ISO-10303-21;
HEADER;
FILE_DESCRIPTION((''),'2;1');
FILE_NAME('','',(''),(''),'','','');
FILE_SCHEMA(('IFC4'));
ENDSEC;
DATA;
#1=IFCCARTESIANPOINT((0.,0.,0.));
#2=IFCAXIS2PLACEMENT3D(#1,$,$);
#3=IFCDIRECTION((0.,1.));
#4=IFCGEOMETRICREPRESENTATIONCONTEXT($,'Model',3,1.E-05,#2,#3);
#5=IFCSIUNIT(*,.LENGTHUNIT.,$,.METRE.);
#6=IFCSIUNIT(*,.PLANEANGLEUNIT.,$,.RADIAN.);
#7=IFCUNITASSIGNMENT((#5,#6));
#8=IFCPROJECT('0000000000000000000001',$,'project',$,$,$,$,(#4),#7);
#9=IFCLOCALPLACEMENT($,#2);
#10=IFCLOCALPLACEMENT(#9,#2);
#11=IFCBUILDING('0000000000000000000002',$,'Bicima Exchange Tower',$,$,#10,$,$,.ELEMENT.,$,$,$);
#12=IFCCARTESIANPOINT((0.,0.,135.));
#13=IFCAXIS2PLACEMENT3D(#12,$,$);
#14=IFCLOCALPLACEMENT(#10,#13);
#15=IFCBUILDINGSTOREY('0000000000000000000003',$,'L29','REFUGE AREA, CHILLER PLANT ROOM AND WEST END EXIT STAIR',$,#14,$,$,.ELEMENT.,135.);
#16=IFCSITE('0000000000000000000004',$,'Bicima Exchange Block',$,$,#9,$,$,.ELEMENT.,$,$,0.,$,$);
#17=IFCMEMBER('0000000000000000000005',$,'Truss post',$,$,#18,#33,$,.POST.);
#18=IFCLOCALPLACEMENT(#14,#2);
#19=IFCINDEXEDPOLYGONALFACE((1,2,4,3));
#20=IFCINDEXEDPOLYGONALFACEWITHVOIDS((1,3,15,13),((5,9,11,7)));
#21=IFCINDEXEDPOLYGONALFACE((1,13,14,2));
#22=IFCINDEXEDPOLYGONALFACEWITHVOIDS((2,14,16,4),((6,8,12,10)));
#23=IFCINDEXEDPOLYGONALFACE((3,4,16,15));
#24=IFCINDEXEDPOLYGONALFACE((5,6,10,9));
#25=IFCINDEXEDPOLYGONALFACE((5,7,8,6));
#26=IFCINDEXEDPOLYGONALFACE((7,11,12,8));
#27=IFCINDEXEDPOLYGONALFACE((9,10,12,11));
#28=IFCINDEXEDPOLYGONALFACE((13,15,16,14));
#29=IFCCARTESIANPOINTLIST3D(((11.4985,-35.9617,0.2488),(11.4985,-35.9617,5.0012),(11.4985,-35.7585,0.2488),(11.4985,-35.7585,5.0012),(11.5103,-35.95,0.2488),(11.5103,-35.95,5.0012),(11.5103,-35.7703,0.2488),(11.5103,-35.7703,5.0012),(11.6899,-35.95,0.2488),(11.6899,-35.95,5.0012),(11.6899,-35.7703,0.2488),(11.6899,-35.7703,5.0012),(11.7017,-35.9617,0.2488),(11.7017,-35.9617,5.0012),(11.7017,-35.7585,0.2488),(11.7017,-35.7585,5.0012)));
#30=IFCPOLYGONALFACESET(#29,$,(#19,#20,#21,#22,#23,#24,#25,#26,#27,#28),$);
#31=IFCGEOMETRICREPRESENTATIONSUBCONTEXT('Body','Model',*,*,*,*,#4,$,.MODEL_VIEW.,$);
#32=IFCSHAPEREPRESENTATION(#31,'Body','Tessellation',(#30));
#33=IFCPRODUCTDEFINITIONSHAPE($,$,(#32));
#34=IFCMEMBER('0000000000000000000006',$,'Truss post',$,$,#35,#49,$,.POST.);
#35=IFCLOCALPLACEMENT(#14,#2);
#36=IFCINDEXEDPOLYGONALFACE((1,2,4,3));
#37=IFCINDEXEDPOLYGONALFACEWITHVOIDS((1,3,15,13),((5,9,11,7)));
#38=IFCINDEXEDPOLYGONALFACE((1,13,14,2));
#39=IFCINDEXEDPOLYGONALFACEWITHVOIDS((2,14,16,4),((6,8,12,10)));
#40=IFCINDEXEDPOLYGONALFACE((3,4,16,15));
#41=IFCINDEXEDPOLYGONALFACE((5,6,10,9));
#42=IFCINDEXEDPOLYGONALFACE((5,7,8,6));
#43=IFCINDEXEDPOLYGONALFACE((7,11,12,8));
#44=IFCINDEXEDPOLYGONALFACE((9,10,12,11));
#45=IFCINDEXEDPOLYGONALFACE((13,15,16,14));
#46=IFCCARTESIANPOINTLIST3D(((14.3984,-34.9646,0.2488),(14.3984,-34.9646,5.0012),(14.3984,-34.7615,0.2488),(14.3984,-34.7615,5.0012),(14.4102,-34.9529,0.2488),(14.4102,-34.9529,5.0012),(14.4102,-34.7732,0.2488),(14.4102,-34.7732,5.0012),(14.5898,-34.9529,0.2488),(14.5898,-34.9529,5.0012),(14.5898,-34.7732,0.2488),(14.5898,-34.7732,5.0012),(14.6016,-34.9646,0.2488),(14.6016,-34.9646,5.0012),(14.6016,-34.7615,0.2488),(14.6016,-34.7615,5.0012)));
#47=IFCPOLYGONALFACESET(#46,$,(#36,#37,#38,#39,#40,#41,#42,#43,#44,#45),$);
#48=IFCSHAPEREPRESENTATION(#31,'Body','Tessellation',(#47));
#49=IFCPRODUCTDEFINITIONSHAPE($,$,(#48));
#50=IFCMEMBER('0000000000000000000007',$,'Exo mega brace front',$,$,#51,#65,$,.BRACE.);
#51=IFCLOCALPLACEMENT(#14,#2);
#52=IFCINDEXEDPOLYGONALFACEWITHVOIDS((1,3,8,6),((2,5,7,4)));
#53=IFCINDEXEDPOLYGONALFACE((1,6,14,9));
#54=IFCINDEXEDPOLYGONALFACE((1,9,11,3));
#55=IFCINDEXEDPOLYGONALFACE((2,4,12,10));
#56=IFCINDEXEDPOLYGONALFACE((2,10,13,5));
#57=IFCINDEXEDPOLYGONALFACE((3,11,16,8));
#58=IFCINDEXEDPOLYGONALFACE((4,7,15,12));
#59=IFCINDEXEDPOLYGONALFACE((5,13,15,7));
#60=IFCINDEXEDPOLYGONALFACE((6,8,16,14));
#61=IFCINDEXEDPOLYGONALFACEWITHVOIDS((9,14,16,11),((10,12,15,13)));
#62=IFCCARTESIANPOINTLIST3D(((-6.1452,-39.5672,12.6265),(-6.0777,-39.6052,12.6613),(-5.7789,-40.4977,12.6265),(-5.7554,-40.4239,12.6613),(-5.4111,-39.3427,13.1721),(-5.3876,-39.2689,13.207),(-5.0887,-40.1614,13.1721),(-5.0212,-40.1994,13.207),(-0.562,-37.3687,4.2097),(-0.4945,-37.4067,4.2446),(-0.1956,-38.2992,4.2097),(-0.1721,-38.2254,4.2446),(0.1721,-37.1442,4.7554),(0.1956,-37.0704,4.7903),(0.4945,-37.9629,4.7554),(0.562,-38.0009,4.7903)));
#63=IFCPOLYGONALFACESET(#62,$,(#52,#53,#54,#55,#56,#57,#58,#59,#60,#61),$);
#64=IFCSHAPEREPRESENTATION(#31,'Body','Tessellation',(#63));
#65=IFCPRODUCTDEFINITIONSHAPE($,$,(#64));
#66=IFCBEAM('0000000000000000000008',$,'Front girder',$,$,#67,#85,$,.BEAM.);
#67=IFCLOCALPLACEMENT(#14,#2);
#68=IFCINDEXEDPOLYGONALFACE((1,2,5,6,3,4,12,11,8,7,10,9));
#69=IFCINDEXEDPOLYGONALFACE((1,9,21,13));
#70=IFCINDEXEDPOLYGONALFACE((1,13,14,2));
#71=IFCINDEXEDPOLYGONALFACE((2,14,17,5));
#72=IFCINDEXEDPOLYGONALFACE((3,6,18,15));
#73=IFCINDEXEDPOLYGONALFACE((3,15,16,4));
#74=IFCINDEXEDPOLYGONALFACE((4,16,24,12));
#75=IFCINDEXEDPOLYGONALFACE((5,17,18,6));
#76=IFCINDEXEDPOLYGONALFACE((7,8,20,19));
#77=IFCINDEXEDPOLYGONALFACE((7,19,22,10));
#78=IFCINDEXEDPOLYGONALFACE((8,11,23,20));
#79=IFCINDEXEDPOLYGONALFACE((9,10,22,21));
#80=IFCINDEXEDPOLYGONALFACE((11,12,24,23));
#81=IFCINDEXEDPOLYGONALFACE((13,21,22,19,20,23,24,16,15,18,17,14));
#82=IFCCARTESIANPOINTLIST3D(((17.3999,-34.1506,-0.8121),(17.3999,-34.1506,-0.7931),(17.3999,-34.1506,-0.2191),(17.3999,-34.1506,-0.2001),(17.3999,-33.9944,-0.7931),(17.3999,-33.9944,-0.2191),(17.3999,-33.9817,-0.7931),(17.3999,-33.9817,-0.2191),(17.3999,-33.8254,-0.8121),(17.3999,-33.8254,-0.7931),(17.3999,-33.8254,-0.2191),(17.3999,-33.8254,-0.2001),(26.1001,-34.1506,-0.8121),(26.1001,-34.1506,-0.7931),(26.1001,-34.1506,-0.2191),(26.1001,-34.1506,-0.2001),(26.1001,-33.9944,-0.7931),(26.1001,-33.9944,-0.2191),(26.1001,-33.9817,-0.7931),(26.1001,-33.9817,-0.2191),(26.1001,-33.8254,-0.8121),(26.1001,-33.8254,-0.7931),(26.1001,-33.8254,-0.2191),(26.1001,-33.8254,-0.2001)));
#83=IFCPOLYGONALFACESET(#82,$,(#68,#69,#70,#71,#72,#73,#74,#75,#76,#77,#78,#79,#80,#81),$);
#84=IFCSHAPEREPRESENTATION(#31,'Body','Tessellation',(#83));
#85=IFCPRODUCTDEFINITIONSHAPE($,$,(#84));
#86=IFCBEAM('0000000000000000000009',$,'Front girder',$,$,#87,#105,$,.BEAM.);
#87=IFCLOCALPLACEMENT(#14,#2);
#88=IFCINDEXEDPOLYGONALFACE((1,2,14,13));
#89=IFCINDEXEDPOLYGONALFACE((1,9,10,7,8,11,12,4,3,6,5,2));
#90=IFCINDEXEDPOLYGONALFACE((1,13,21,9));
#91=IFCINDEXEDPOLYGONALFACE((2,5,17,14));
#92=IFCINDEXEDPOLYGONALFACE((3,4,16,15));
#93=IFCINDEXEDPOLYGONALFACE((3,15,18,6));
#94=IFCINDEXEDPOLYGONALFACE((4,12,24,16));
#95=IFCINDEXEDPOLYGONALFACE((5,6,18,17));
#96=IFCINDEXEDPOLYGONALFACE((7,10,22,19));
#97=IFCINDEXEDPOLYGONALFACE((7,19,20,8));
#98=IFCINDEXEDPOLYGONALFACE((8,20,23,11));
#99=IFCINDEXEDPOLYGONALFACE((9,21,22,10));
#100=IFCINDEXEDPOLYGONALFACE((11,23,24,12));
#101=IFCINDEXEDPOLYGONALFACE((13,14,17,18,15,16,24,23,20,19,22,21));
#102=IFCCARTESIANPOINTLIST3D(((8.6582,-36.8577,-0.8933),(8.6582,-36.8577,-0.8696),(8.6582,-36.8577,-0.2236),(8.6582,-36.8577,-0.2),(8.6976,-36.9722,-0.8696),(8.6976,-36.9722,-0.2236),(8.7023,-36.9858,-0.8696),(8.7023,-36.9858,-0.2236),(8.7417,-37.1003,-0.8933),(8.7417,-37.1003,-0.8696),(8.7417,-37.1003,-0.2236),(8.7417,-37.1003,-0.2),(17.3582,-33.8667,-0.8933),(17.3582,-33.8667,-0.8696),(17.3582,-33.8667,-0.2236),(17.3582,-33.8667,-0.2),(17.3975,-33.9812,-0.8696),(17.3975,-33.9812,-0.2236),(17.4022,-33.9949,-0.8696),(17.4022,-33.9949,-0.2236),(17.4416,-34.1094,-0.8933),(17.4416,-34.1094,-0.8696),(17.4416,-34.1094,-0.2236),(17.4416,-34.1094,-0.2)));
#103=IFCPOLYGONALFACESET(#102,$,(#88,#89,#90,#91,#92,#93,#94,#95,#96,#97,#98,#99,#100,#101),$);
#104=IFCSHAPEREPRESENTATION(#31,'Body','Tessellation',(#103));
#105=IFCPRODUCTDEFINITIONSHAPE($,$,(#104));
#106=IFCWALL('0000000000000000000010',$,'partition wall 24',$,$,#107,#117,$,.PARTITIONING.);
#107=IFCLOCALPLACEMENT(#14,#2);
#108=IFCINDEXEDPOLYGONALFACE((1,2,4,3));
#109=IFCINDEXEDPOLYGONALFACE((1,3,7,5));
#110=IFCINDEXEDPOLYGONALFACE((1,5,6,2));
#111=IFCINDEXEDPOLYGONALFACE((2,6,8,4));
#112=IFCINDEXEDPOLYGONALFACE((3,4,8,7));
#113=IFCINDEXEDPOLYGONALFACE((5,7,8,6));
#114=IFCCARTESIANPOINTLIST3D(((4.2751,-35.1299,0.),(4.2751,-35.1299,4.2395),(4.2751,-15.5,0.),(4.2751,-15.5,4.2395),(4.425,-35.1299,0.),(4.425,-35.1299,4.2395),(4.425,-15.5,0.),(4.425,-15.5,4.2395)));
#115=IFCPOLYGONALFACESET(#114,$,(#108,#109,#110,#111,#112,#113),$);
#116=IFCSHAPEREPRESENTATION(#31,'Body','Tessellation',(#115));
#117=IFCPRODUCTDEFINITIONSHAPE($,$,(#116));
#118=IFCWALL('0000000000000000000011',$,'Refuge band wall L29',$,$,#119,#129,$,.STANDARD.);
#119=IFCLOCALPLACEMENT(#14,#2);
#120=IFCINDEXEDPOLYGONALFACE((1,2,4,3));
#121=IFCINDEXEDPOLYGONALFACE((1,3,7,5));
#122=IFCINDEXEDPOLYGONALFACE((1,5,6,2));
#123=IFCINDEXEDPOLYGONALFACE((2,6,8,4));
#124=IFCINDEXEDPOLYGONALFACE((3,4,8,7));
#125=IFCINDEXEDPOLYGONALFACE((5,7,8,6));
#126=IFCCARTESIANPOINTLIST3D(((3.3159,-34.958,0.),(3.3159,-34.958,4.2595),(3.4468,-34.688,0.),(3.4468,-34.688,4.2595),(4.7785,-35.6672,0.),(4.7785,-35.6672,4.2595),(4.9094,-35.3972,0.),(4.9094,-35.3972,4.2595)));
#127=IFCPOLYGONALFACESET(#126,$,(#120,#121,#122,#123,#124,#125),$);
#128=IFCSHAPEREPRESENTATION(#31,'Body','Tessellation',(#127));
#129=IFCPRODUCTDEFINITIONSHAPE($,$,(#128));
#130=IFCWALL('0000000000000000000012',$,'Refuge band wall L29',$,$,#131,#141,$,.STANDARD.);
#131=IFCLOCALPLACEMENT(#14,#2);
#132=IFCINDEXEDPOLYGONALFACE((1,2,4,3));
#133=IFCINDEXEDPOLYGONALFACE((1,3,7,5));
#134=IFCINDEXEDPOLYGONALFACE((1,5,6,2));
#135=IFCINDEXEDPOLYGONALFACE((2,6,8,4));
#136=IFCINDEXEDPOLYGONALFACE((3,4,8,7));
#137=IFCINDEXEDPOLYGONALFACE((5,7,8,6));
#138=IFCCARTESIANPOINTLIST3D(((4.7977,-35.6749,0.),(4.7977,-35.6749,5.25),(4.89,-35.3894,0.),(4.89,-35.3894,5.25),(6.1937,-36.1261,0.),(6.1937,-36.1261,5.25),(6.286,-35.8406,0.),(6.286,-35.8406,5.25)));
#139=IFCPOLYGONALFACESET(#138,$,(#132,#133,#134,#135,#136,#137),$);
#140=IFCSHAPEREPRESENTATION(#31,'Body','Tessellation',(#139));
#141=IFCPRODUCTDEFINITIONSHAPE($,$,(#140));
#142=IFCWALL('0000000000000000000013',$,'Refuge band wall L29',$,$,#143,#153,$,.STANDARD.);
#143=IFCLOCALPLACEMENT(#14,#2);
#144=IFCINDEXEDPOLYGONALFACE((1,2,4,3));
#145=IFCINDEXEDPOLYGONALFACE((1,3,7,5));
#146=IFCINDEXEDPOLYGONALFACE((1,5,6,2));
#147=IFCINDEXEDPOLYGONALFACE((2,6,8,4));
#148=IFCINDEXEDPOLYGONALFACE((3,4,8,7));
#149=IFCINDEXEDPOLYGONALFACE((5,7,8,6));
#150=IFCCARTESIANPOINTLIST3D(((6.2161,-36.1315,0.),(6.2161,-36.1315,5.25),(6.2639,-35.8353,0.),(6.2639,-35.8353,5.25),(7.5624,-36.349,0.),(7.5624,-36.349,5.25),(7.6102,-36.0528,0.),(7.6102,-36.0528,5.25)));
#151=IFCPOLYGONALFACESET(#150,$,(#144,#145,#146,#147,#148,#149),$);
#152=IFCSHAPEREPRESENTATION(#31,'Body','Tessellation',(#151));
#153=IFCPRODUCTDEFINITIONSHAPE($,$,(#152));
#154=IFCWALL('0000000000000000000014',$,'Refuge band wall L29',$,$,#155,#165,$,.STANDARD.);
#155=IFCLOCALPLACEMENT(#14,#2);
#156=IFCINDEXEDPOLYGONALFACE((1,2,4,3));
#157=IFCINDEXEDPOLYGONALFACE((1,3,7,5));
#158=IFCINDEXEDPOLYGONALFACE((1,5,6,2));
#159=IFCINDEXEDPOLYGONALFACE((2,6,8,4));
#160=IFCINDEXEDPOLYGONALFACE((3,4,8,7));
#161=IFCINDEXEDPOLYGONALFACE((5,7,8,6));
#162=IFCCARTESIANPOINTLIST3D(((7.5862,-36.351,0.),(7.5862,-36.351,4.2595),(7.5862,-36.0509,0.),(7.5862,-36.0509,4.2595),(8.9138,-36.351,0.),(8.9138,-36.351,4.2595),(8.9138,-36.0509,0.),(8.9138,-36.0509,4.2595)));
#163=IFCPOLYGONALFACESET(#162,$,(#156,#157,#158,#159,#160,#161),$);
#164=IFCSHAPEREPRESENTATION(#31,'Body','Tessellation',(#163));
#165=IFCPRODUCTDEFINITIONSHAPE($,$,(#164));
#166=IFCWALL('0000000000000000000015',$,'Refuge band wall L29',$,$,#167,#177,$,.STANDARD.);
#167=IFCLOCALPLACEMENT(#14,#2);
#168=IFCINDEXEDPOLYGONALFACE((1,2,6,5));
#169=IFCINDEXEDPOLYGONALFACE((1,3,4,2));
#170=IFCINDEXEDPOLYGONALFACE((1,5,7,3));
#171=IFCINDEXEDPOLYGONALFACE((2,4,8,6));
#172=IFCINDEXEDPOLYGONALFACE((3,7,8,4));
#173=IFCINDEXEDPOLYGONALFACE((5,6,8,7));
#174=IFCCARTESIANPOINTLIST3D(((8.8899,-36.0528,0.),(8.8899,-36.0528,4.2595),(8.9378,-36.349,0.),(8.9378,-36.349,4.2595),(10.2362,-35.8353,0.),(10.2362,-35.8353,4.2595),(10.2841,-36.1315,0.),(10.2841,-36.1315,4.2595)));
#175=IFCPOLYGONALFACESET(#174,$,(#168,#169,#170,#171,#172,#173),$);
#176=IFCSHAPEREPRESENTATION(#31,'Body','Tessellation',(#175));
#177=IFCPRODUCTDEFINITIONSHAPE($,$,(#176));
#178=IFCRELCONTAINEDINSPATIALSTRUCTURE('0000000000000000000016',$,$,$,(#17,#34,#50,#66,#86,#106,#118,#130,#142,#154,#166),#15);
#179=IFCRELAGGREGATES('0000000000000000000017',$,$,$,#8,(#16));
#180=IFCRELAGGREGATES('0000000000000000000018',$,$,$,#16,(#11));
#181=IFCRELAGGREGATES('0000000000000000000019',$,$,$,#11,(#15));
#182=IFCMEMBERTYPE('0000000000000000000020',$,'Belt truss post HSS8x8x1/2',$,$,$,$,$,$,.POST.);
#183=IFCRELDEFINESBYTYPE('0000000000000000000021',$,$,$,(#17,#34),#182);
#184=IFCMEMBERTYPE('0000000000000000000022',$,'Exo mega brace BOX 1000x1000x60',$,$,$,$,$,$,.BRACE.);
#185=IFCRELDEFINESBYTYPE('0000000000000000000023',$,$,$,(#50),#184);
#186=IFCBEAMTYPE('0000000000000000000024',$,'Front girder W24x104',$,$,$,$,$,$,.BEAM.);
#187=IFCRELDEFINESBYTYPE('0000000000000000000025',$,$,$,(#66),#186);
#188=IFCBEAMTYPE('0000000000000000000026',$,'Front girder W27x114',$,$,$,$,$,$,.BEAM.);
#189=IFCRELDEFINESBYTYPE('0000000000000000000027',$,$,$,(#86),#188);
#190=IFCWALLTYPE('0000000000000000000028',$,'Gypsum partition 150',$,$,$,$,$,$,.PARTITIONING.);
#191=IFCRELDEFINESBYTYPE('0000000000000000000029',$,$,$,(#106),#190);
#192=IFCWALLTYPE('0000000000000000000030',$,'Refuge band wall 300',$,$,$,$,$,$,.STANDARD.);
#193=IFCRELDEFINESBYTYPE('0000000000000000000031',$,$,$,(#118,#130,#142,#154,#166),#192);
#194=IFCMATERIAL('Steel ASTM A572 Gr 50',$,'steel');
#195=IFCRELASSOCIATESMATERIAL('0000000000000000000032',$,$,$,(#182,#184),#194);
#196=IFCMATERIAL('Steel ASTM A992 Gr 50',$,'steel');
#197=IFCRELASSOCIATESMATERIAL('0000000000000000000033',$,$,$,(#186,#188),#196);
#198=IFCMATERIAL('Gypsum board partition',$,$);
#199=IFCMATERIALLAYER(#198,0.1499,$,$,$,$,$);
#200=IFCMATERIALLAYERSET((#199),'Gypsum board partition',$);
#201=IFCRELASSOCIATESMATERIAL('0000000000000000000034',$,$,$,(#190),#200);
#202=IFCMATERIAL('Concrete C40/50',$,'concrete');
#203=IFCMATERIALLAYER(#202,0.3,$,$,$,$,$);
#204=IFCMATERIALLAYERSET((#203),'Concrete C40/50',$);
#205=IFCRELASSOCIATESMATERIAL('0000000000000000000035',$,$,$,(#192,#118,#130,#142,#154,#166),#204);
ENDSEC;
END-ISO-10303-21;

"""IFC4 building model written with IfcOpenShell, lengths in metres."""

from ifc_helpers import new_model, si_unit, direction, frame, frame_2d, origin, origin_2d, place, context, subcontext, project, spatial, rectangle, hollow_rectangle, i_section, extrude, material, layer, layer_set, layer_usage, material_profile, profile_set, type_object, element, save


model = new_model("IFC4")

# Units and contexts
model_context = context("Model", 3, precision=1e-05, world=origin(), true_north=direction((0.0, 1.0)))
body_context = subcontext(model_context, "Body", "Model", "MODEL_VIEW")
ifc_project = project(units=[si_unit("LENGTHUNIT", "METRE"), si_unit("PLANEANGLEUNIT", "RADIAN")], contexts=[model_context])

# Site, building, storey
site_placement = place(None, origin())
site = spatial("IfcSite", under=ifc_project, at=site_placement, Name="Bicima Exchange Block", CompositionType="ELEMENT", RefElevation=0.0)
building_placement = place(site_placement, origin())
building = spatial("IfcBuilding", under=site, at=building_placement, Name="Bicima Exchange Tower", CompositionType="ELEMENT")
storey_placement = place(building_placement, frame((0.0, 0.0, 135.0)))
storey = spatial("IfcBuildingStorey", under=building, at=storey_placement, Name="L29", Description="REFUGE AREA, CHILLER PLANT ROOM AND WEST END EXIT STAIR", CompositionType="ELEMENT", Elevation=135.0)

# Shared definitions
ifc_material_1 = material(Name="Steel ASTM A992 Gr 50", Category="steel")

# Members
ifc_material_2 = material(Name="Steel ASTM A572 Gr 50", Category="steel")
ifc_material_profile_1 = material_profile(ifc_material_2, hollow_rectangle(XDim=0.2031, YDim=0.2031, WallThickness=0.0117, at=origin_2d()))
ifc_profile_set_1 = profile_set([ifc_material_profile_1], Name="Steel ASTM A572 Gr 50")
member_type_1 = type_object("IfcMemberType", Name="Belt truss post HSS8x8x1/2", PredefinedType="POST", material=ifc_profile_set_1)
for number, where, z_axis, x_axis, name in (
    (1, (11.6001, -35.8601, 0.2488), (0.0, 0.0, 1.0), (1.0, 0.0, 0.0), "Truss post"),
    (2, (14.5, -34.863, 0.2488), (0.0, 0.0, 1.0), (1.0, 0.0, 0.0), "Truss post"),
):
    element("IfcMember", number, at=place(storey_placement, frame(where, z_axis=z_axis, x_axis=x_axis)), inside=storey, type_object=member_type_1, Name=name, PredefinedType="POST", context=body_context, shape_type="SweptSolid", body=[
        extrude(hollow_rectangle(XDim=0.2031, YDim=0.2031, WallThickness=0.0117, at=origin_2d()), origin(), (0.0, 0.0, 1.0), 4.7524),
    ])
ifc_material_profile_2 = material_profile(ifc_material_2, hollow_rectangle(XDim=1.0, YDim=1.0, WallThickness=0.0601, at=origin_2d()))
ifc_profile_set_2 = profile_set([ifc_material_profile_2], Name="Steel ASTM A572 Gr 50")
member_type_2 = type_object("IfcMemberType", Name="Exo mega brace BOX 1000x1000x60", PredefinedType="BRACE", material=ifc_profile_set_2)
member_1_placement = place(storey_placement, frame((0.0, -37.6848, 4.5), z_axis=(-0.540138, -0.212687, 0.814257), x_axis=(0.366384, -0.930464, 0.0)))
element("IfcMember", 3, at=member_1_placement, inside=storey, type_object=member_type_2, Name="Exo mega brace front", PredefinedType="BRACE", context=body_context, shape_type="SweptSolid", body=[
    extrude(hollow_rectangle(XDim=1.0, YDim=1.0, WallThickness=0.0601, at=origin_2d()), origin(), (0.0, 0.0, 1.0), 10.3367),
])

# Beams
ifc_material_profile_3 = material_profile(ifc_material_1, i_section(OverallWidth=0.3252, OverallDepth=0.6121, WebThickness=0.0127, FlangeThickness=0.019, at=origin_2d()))
ifc_profile_set_3 = profile_set([ifc_material_profile_3], Name="Steel ASTM A992 Gr 50")
beam_type_1 = type_object("IfcBeamType", Name="Front girder W24x104", PredefinedType="BEAM", material=ifc_profile_set_3)
beam_1_placement = place(storey_placement, frame((17.3999, -33.988, -0.5061), z_axis=(1.0, 0.0, 0.0), x_axis=(0.0, 1.0, 0.0)))
element("IfcBeam", 4, at=beam_1_placement, inside=storey, type_object=beam_type_1, Name="Front girder", PredefinedType="BEAM", context=body_context, shape_type="SweptSolid", body=[
    extrude(i_section(OverallWidth=0.3252, OverallDepth=0.6121, WebThickness=0.0127, FlangeThickness=0.019, at=origin_2d()), origin(), (0.0, 0.0, 1.0), 8.7002),
])
ifc_material_profile_4 = material_profile(ifc_material_1, i_section(OverallWidth=0.2566, OverallDepth=0.6934, WebThickness=0.0144, FlangeThickness=0.0237, at=origin_2d()))
ifc_profile_set_4 = profile_set([ifc_material_profile_4], Name="Steel ASTM A992 Gr 50")
beam_type_2 = type_object("IfcBeamType", Name="Front girder W27x114", PredefinedType="BEAM", material=ifc_profile_set_4)
beam_2_placement = place(storey_placement, frame((8.7, -36.979, -0.5466), z_axis=(0.945675, 0.325115, 0.0), x_axis=(-0.325115, 0.945675, 0.0)))
element("IfcBeam", 5, at=beam_2_placement, inside=storey, type_object=beam_type_2, Name="Front girder", PredefinedType="BEAM", context=body_context, shape_type="SweptSolid", body=[
    extrude(i_section(OverallWidth=0.2566, OverallDepth=0.6934, WebThickness=0.0144, FlangeThickness=0.0237, at=origin_2d()), origin(), (0.0, 0.0, 1.0), 9.1997),
])

# Walls
ifc_material_3 = material(Name="Gypsum board partition")
ifc_layer_1 = layer(ifc_material_3, 0.1499)
ifc_layer_set_1 = layer_set([ifc_layer_1], Name="Gypsum board partition")
wall_type_1 = type_object("IfcWallType", Name="Gypsum partition 150", PredefinedType="PARTITIONING", material=ifc_layer_set_1)
wall_1_placement = place(storey_placement, frame((4.3501, -35.1299, 0.0), z_axis=(0.0, 0.0, 1.0), x_axis=(0.0, 1.0, 0.0)))
element("IfcWall", 6, at=wall_1_placement, inside=storey, type_object=wall_type_1, Name="partition wall 24", PredefinedType="PARTITIONING", context=body_context, shape_type="SweptSolid", body=[
    extrude(rectangle(XDim=19.6299, YDim=0.1499, at=frame_2d((9.8149, 0.0))), origin(), (0.0, 0.0, 1.0), 4.2395),
])
ifc_material_4 = material(Name="Concrete C40/50", Category="concrete")
ifc_layer_2 = layer(ifc_material_4, 0.3)
ifc_layer_set_2 = layer_set([ifc_layer_2], Name="Concrete C40/50")
ifc_layer_usage = layer_usage(ifc_layer_set_2, "AXIS2", "POSITIVE", -0.15)
wall_type_2 = type_object("IfcWallType", Name="Refuge band wall 300", PredefinedType="STANDARD", material=ifc_layer_set_2)
wall_2_placement = place(storey_placement, frame((3.3813, -34.823, 0.0), z_axis=(0.0, 0.0, 1.0), x_axis=(0.899798, -0.436307, 0.0)))
element("IfcWall", 7, at=wall_2_placement, inside=storey, type_object=wall_type_2, material=ifc_layer_usage, Name="Refuge band wall L29", PredefinedType="STANDARD", context=body_context, shape_type="SweptSolid", body=[
    extrude(rectangle(XDim=1.6255, YDim=0.3, at=frame_2d((0.8127, 0.0))), origin(), (0.0, 0.0, 1.0), 4.2595),
])
wall_3_placement = place(storey_placement, frame((4.844, -35.5322, 0.0), z_axis=(0.0, 0.0, 1.0), x_axis=(0.951539, -0.307528, 0.0)))
element("IfcWall", 8, at=wall_3_placement, inside=storey, type_object=wall_type_2, material=ifc_layer_usage, Name="Refuge band wall L29", PredefinedType="STANDARD", context=body_context, shape_type="SweptSolid", body=[
    extrude(rectangle(XDim=1.467, YDim=0.3, at=frame_2d((0.7334, 0.0))), origin(), (0.0, 0.0, 1.0), 5.25),
])
wall_4_placement = place(storey_placement, frame((6.24, -35.9834, 0.0), z_axis=(0.0, 0.0, 1.0), x_axis=(0.987195, -0.15952, 0.0)))
element("IfcWall", 9, at=wall_4_placement, inside=storey, type_object=wall_type_2, material=ifc_layer_usage, Name="Refuge band wall L29", PredefinedType="STANDARD", context=body_context, shape_type="SweptSolid", body=[
    extrude(rectangle(XDim=1.3638, YDim=0.3, at=frame_2d((0.6819, 0.0))), origin(), (0.0, 0.0, 1.0), 5.25),
])
wall_5_placement = place(storey_placement, frame((7.5862, -36.2009, 0.0), z_axis=(0.0, 0.0, 1.0), x_axis=(1.0, 0.0, 0.0)))
element("IfcWall", 10, at=wall_5_placement, inside=storey, type_object=wall_type_2, material=ifc_layer_usage, Name="Refuge band wall L29", PredefinedType="STANDARD", context=body_context, shape_type="SweptSolid", body=[
    extrude(rectangle(XDim=1.3276, YDim=0.3, at=frame_2d((0.6638, 0.0))), origin(), (0.0, 0.0, 1.0), 4.2595),
])
wall_6_placement = place(storey_placement, frame((8.9138, -36.2009, 0.0), z_axis=(0.0, 0.0, 1.0), x_axis=(0.987195, 0.15952, 0.0)))
element("IfcWall", 11, at=wall_6_placement, inside=storey, type_object=wall_type_2, material=ifc_layer_usage, Name="Refuge band wall L29", PredefinedType="STANDARD", context=body_context, shape_type="SweptSolid", body=[
    extrude(rectangle(XDim=1.3638, YDim=0.3, at=frame_2d((0.6819, 0.0))), origin(), (0.0, 0.0, 1.0), 4.2595),
])

save(model, "model.ifc")
